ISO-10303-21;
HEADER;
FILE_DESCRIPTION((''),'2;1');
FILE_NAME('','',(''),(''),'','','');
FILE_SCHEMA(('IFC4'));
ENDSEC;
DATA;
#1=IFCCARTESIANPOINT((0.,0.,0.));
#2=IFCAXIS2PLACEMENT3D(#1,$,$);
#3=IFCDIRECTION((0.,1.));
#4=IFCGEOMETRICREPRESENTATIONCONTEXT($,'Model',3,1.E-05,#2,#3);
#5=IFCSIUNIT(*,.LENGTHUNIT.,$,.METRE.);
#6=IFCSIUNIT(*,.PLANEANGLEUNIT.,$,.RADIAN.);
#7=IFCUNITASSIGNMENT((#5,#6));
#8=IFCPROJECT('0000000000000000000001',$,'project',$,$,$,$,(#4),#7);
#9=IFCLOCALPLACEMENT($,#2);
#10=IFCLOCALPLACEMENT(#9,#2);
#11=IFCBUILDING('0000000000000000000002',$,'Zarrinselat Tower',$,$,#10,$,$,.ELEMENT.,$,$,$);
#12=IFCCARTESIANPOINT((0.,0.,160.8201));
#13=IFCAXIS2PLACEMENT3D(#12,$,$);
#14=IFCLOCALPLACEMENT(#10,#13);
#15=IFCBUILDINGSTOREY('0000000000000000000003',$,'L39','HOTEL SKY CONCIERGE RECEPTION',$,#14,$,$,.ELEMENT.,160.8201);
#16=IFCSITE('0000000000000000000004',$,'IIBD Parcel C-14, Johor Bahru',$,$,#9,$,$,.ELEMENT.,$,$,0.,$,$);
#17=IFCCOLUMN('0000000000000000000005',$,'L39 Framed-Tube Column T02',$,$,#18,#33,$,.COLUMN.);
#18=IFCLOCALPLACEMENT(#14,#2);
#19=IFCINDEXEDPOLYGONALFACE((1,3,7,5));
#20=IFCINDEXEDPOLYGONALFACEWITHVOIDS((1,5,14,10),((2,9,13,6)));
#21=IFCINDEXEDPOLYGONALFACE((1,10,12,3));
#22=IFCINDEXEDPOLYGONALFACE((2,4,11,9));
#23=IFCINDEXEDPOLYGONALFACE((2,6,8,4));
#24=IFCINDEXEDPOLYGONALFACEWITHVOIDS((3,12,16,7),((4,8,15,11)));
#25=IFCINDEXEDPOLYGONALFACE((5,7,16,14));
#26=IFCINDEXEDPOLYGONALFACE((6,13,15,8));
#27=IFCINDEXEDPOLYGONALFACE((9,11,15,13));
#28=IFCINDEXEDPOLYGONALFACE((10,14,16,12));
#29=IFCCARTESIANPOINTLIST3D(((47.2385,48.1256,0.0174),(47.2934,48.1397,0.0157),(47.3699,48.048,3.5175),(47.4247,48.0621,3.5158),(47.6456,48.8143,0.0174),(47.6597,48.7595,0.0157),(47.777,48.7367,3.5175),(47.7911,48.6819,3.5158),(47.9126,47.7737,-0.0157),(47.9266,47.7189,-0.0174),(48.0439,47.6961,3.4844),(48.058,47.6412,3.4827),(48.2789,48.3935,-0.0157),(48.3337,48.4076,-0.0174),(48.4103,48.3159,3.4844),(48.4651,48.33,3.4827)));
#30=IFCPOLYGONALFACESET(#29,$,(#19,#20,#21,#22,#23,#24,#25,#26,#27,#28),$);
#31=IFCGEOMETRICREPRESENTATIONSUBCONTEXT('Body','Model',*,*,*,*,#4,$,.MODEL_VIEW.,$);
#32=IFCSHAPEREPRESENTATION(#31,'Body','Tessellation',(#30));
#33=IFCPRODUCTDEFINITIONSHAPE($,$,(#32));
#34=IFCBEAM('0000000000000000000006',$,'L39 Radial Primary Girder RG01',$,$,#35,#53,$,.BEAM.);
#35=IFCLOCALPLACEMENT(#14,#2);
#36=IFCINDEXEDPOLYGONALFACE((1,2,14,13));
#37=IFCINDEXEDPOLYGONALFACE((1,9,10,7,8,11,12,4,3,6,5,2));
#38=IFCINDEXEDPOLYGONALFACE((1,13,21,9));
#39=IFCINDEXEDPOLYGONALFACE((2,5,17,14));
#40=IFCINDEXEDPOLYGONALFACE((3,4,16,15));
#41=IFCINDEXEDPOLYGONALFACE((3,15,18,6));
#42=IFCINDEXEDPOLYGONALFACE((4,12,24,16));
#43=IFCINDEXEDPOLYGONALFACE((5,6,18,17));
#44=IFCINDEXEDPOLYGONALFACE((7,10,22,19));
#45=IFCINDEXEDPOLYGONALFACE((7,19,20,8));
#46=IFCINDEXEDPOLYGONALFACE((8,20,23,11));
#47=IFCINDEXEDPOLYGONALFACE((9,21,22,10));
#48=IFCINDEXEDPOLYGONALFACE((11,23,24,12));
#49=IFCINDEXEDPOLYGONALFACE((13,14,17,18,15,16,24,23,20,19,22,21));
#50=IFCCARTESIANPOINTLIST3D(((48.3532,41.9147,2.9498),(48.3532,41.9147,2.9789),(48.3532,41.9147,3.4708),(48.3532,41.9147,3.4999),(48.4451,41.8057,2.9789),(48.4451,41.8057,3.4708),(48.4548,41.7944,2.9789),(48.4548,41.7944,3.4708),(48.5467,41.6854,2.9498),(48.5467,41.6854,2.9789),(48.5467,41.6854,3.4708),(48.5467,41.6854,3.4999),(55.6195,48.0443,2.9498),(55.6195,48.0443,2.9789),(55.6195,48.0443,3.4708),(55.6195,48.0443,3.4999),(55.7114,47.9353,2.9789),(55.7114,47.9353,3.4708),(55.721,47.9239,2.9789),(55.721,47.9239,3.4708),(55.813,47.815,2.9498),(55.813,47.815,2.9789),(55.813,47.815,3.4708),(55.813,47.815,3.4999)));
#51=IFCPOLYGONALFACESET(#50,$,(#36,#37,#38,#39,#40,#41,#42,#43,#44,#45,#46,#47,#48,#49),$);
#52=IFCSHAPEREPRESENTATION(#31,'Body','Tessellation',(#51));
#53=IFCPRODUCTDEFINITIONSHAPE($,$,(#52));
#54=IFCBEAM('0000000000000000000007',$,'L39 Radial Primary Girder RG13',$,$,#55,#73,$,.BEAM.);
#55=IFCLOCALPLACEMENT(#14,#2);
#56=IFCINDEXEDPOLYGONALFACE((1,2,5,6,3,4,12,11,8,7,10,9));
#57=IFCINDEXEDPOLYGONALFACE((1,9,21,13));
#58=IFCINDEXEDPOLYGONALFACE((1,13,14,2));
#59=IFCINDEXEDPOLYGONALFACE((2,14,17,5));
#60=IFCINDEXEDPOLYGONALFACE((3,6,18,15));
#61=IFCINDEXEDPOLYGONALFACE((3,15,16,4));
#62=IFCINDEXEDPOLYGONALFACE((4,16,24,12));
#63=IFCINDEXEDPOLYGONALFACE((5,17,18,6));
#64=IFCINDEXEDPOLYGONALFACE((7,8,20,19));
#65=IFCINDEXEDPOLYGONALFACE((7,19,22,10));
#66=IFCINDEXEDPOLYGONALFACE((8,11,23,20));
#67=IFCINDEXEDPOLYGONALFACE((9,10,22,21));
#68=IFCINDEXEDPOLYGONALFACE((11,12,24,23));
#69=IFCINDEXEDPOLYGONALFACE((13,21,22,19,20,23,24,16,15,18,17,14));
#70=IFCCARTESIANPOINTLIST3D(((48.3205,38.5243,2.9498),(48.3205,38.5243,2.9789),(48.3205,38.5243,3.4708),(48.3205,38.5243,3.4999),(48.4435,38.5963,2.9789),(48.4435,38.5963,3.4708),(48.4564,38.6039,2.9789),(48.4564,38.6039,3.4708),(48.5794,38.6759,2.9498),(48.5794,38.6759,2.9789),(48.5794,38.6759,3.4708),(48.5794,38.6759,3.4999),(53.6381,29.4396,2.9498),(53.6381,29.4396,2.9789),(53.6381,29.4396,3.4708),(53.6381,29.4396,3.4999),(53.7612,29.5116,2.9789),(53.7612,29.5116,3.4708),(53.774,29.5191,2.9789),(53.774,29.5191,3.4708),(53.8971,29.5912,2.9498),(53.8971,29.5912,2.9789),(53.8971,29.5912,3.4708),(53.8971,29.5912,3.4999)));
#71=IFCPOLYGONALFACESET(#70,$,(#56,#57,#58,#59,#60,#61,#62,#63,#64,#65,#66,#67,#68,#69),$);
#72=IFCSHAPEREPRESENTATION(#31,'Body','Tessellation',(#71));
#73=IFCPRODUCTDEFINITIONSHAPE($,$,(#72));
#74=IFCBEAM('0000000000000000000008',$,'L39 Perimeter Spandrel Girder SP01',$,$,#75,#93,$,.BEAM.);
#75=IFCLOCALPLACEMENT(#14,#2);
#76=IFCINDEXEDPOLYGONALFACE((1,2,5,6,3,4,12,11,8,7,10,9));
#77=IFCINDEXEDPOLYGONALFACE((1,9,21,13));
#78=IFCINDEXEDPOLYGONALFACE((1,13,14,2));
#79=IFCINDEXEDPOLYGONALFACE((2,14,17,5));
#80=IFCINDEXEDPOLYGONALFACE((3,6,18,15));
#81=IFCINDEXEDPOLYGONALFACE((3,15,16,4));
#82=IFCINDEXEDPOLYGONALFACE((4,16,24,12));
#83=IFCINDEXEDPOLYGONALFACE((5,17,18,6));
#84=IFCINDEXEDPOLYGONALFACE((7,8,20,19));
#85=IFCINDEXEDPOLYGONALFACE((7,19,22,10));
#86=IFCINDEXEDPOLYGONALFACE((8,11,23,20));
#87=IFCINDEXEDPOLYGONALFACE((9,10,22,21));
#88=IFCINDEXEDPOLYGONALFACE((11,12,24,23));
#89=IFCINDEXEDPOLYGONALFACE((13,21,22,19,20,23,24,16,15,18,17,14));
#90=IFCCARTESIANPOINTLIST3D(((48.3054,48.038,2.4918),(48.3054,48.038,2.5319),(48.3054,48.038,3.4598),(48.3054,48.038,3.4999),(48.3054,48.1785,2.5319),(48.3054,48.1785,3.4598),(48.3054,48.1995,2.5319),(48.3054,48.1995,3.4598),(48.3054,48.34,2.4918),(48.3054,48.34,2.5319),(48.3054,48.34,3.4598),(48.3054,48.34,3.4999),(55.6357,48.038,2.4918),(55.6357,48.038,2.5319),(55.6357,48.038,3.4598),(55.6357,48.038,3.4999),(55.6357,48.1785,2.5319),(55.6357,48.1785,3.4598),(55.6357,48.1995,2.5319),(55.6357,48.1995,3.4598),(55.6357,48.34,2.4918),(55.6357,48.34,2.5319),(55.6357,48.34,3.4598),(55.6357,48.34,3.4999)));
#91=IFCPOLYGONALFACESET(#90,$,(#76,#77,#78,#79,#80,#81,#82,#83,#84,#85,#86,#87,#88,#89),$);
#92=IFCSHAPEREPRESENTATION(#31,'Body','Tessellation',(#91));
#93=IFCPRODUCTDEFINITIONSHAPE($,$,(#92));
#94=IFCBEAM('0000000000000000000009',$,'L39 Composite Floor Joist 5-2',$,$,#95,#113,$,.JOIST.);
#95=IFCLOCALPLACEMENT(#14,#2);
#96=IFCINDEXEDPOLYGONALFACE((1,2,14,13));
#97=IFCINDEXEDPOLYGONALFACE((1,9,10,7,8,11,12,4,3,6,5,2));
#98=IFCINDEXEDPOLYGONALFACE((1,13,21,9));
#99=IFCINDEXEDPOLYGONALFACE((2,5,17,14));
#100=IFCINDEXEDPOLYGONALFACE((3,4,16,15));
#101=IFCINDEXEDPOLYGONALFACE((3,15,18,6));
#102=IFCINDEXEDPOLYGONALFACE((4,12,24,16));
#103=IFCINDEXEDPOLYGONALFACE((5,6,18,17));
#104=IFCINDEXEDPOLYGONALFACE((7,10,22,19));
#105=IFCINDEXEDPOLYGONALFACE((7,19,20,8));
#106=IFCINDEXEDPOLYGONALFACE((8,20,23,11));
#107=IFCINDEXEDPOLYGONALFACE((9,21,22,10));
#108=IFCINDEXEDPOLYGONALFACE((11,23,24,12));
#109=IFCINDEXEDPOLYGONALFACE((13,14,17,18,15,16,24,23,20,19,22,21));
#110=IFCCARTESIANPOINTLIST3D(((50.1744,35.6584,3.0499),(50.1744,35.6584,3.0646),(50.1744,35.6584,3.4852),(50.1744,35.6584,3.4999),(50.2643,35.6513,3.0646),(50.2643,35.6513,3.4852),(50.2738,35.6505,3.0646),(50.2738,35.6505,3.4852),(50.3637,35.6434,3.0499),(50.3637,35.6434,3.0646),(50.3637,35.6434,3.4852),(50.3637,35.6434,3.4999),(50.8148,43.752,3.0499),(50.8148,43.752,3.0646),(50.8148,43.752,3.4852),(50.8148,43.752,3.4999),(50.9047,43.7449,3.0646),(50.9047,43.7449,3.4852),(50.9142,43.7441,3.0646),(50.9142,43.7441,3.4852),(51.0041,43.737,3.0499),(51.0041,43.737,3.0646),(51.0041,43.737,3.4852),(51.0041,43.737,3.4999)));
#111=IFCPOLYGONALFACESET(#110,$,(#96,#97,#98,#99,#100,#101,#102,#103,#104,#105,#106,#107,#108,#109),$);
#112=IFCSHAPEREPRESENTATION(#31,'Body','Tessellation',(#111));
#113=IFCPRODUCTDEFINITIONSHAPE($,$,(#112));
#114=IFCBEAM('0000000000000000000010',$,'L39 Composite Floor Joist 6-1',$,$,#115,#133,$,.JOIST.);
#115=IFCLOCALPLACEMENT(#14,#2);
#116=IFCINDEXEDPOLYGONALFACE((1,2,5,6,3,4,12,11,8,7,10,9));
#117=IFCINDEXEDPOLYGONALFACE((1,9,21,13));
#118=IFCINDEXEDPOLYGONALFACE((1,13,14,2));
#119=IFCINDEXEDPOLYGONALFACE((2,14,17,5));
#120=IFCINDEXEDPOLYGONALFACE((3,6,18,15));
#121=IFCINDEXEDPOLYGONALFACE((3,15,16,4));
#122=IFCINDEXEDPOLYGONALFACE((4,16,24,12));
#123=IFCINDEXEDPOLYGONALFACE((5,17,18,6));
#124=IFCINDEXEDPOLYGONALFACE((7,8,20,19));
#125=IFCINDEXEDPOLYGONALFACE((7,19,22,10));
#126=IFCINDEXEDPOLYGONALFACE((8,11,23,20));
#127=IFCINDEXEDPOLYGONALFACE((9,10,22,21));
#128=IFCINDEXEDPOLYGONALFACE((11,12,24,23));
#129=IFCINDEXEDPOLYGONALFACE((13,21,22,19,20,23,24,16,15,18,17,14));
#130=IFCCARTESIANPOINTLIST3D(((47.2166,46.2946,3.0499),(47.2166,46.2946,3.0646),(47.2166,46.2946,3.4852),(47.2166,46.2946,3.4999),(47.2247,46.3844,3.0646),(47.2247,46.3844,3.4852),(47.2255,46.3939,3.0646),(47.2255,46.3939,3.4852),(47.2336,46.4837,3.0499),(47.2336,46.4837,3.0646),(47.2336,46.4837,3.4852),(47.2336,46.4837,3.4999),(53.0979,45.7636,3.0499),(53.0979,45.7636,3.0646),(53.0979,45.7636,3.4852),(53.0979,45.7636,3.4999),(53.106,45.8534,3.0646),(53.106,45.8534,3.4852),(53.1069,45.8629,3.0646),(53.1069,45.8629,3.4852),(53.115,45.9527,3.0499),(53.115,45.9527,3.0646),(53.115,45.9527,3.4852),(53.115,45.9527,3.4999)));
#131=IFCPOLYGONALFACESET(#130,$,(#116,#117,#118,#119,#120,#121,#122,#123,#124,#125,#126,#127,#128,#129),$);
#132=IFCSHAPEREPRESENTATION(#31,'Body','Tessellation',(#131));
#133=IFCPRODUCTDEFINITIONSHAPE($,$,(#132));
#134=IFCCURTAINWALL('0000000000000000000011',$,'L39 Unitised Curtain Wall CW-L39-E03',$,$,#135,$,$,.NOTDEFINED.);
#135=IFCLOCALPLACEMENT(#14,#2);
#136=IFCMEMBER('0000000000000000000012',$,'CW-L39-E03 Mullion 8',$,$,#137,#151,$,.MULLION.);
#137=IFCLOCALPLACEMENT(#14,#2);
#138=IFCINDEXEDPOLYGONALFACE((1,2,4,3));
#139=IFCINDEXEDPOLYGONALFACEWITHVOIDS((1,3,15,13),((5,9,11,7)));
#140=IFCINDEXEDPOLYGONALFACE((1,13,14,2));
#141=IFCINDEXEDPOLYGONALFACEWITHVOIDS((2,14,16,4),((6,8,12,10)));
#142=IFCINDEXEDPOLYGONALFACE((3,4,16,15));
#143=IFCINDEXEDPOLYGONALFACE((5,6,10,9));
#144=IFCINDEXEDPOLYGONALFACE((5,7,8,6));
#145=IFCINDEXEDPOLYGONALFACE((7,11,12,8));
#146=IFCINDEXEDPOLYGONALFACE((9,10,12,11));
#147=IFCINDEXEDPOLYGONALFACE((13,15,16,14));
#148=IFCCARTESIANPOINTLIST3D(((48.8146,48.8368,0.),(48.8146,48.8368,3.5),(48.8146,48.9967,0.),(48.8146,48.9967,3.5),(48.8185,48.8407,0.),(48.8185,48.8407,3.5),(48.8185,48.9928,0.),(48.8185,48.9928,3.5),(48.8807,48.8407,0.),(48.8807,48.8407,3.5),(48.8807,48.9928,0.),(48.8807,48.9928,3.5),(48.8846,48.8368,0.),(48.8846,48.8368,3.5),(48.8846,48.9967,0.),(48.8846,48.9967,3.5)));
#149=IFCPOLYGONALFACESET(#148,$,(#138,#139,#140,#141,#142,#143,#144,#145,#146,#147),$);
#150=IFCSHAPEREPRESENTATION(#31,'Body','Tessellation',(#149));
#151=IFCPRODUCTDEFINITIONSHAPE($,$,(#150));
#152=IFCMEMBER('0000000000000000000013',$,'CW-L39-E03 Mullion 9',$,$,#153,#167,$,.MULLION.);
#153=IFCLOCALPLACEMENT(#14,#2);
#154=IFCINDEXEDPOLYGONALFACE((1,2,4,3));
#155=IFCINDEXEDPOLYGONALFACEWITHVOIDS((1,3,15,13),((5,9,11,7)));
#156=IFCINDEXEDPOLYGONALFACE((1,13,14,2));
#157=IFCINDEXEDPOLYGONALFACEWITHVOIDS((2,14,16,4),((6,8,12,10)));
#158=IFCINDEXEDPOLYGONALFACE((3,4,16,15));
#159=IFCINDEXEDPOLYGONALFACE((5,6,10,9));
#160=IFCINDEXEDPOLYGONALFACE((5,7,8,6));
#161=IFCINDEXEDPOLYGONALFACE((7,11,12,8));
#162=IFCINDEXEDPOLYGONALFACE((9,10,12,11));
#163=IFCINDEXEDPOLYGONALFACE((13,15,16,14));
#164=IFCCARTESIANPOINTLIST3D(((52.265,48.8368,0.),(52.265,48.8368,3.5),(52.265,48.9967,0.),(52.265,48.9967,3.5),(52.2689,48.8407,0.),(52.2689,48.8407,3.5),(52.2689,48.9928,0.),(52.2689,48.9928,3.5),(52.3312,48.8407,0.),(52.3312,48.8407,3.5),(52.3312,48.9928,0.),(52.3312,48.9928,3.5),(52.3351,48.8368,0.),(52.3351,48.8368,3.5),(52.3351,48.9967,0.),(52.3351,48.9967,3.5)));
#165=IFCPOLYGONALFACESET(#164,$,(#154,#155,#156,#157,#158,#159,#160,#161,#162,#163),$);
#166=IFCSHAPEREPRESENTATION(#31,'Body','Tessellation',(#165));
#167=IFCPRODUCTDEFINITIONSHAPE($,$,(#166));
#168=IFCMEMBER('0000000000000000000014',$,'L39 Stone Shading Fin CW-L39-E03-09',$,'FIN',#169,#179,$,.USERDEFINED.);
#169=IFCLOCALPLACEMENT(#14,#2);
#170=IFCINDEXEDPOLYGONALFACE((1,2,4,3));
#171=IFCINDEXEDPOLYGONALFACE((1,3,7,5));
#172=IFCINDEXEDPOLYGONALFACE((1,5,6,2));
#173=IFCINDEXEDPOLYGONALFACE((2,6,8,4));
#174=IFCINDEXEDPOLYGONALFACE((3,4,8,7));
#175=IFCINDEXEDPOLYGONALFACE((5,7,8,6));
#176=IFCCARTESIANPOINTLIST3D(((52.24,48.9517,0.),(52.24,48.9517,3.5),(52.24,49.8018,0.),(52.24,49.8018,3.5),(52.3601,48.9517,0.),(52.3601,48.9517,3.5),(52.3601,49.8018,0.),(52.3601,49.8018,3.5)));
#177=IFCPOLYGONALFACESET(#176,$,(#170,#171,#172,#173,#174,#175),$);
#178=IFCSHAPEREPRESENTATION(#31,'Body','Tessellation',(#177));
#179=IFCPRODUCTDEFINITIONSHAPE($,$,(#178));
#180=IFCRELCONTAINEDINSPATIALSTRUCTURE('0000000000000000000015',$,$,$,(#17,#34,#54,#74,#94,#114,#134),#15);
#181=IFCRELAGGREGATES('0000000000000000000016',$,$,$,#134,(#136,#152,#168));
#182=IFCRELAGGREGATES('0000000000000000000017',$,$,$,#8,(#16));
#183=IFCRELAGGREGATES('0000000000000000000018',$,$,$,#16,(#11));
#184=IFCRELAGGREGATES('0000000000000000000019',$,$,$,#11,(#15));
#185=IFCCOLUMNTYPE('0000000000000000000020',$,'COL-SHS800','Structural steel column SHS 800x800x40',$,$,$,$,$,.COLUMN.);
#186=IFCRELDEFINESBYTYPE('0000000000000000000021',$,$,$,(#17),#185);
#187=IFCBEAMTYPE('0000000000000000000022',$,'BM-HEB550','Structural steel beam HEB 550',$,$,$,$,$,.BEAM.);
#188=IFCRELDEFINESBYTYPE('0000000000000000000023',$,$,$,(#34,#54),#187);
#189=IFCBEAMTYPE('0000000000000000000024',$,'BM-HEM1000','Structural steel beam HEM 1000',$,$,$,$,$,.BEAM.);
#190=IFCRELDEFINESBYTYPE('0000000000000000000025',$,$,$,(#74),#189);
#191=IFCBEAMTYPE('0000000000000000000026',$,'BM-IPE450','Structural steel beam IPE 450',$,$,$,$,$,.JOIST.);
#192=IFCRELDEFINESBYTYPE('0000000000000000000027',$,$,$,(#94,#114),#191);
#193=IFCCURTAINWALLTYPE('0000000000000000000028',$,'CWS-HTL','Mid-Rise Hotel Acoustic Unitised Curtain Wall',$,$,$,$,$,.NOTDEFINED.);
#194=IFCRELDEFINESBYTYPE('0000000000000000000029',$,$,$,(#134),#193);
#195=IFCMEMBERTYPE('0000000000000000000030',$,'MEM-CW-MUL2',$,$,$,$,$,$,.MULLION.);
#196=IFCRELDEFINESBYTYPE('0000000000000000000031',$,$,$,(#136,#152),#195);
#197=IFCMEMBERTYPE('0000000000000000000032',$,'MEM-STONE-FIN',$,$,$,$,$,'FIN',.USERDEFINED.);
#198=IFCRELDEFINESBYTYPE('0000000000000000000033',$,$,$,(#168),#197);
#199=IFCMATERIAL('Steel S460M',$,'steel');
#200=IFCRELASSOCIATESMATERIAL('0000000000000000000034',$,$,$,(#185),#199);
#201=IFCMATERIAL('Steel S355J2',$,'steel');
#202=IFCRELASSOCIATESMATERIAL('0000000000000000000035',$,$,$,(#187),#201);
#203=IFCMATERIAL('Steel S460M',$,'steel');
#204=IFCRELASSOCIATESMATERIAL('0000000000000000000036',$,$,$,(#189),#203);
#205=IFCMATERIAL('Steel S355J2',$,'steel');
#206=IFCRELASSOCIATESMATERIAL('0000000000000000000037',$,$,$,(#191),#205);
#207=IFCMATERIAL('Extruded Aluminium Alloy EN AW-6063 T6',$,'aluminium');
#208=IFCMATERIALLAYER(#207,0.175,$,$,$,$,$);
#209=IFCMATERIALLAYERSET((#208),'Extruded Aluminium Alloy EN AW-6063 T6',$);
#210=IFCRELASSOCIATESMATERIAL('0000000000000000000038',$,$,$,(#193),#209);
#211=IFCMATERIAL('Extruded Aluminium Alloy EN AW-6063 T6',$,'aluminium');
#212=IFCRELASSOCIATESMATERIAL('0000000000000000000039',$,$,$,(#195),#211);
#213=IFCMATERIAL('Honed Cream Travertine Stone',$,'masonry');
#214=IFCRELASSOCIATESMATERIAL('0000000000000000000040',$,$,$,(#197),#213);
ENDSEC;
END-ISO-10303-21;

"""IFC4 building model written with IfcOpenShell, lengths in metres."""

from ifc_helpers import new_model, si_unit, direction, frame, origin, origin_2d, place, context, subcontext, project, spatial, rectangle, hollow_rectangle, i_section, extrude, material, layer, layer_set, material_profile, profile_set, type_object, element, aggregate, save


model = new_model("IFC4")

# Units and contexts
model_context = context("Model", 3, precision=1e-05, world=origin(), true_north=direction((0.0, 1.0)))
body_context = subcontext(model_context, "Body", "Model", "MODEL_VIEW")
ifc_project = project(units=[si_unit("LENGTHUNIT", "METRE"), si_unit("PLANEANGLEUNIT", "RADIAN")], contexts=[model_context])

# Site, building, storey
site_placement = place(None, origin())
site = spatial("IfcSite", under=ifc_project, at=site_placement, Name="IIBD Parcel C-14, Johor Bahru", CompositionType="ELEMENT", RefElevation=0.0)
building_placement = place(site_placement, origin())
building = spatial("IfcBuilding", under=site, at=building_placement, Name="Zarrinselat Tower", CompositionType="ELEMENT")
storey_placement = place(building_placement, frame((0.0, 0.0, 160.8201)))
storey = spatial("IfcBuildingStorey", under=building, at=storey_placement, Name="L39", Description="HOTEL SKY CONCIERGE RECEPTION", CompositionType="ELEMENT", Elevation=160.8201)

# Column
ifc_material_1 = material(Name="Steel S460M", Category="steel")
ifc_material_profile_1 = material_profile(ifc_material_1, hollow_rectangle(XDim=0.8, YDim=0.8, WallThickness=0.04, at=origin_2d()), Name="SHS 800x800x40")
ifc_profile_set_1 = profile_set([ifc_material_profile_1], Name="Steel S460M")
column_type = type_object("IfcColumnType", Name="COL-SHS800", Description="Structural steel column SHS 800x800x40", PredefinedType="COLUMN", material=ifc_profile_set_1)
column_placement = place(storey_placement, frame((47.7861, 48.2666, 0.0), z_axis=(0.037492, -0.022161, 0.999051), x_axis=(0.508837, 0.860863, 0.0)))
element("IfcColumn", 1, at=column_placement, inside=storey, type_object=column_type, Name="L39 Framed-Tube Column T02", PredefinedType="COLUMN", context=body_context, shape_type="SweptSolid", body=[
    extrude(hollow_rectangle(XDim=0.8, YDim=0.8, WallThickness=0.04, at=origin_2d()), origin(), (0.0, 0.0, 1.0), 3.5034),
])

# Beams
ifc_material_2 = material(Name="Steel S355J2", Category="steel")
ifc_material_profile_2 = material_profile(ifc_material_2, i_section(OverallWidth=0.3, OverallDepth=0.55, WebThickness=0.0149, FlangeThickness=0.0291, at=origin_2d()), Name="HEB 550")
ifc_profile_set_2 = profile_set([ifc_material_profile_2], Name="Steel S355J2")
beam_type_1 = type_object("IfcBeamType", Name="BM-HEB550", Description="Structural steel beam HEB 550", PredefinedType="BEAM", material=ifc_profile_set_2)
beam_1_placement = place(storey_placement, frame((48.45, 41.8, 3.2249), z_axis=(0.764361, 0.644788, 0.0), x_axis=(-0.644788, 0.764361, 0.0)))
element("IfcBeam", 2, at=beam_1_placement, inside=storey, type_object=beam_type_1, Name="L39 Radial Primary Girder RG01", PredefinedType="BEAM", context=body_context, shape_type="SweptSolid", body=[
    extrude(i_section(OverallWidth=0.3, OverallDepth=0.55, WebThickness=0.0149, FlangeThickness=0.0291, at=origin_2d()), origin(), (0.0, 0.0, 1.0), 9.5063),
])
beam_2_placement = place(storey_placement, frame((48.45, 38.6001, 3.2249), z_axis=(0.505161, -0.863025, 0.0), x_axis=(0.863025, 0.505161, 0.0)))
element("IfcBeam", 3, at=beam_2_placement, inside=storey, type_object=beam_type_1, Name="L39 Radial Primary Girder RG13", PredefinedType="BEAM", context=body_context, shape_type="SweptSolid", body=[
    extrude(i_section(OverallWidth=0.3, OverallDepth=0.55, WebThickness=0.0149, FlangeThickness=0.0291, at=origin_2d()), origin(), (0.0, 0.0, 1.0), 10.5266),
])
ifc_material_3 = material(Name="Steel S460M", Category="steel")
ifc_material_profile_3 = material_profile(ifc_material_3, i_section(OverallWidth=0.302, OverallDepth=1.0081, WebThickness=0.021, FlangeThickness=0.04, at=origin_2d()), Name="HEM 1000")
ifc_profile_set_3 = profile_set([ifc_material_profile_3], Name="Steel S460M")
beam_type_2 = type_object("IfcBeamType", Name="BM-HEM1000", Description="Structural steel beam HEM 1000", PredefinedType="BEAM", material=ifc_profile_set_3)
beam_3_placement = place(storey_placement, frame((48.3054, 48.189, 2.9958), z_axis=(1.0, 0.0, 0.0), x_axis=(0.0, 1.0, 0.0)))
element("IfcBeam", 4, at=beam_3_placement, inside=storey, type_object=beam_type_2, Name="L39 Perimeter Spandrel Girder SP01", PredefinedType="BEAM", context=body_context, shape_type="SweptSolid", body=[
    extrude(i_section(OverallWidth=0.302, OverallDepth=1.0081, WebThickness=0.021, FlangeThickness=0.04, at=origin_2d()), origin(), (0.0, 0.0, 1.0), 7.3303),
])
ifc_material_4 = material(Name="Steel S355J2", Category="steel")
ifc_material_profile_4 = material_profile(ifc_material_4, i_section(OverallWidth=0.1899, OverallDepth=0.45, WebThickness=0.0095, FlangeThickness=0.0146, at=origin_2d()), Name="IPE 450")
ifc_profile_set_4 = profile_set([ifc_material_profile_4], Name="Steel S355J2")
beam_type_3 = type_object("IfcBeamType", Name="BM-IPE450", Description="Structural steel beam IPE 450", PredefinedType="JOIST", material=ifc_profile_set_4)
beam_4_placement = place(storey_placement, frame((50.269, 35.6509, 3.2749), z_axis=(0.078876, 0.996884, 0.0), x_axis=(-0.996884, 0.078876, 0.0)))
element("IfcBeam", 5, at=beam_4_placement, inside=storey, type_object=beam_type_3, Name="L39 Composite Floor Joist 5-2", PredefinedType="JOIST", context=body_context, shape_type="SweptSolid", body=[
    extrude(i_section(OverallWidth=0.1899, OverallDepth=0.45, WebThickness=0.0095, FlangeThickness=0.0146, at=origin_2d()), origin(), (0.0, 0.0, 1.0), 8.1189),
])
beam_5_placement = place(storey_placement, frame((47.2251, 46.3892, 3.2749), z_axis=(0.995949, -0.089921, 0.0), x_axis=(0.089921, 0.995949, 0.0)))
element("IfcBeam", 6, at=beam_5_placement, inside=storey, type_object=beam_type_3, Name="L39 Composite Floor Joist 6-1", PredefinedType="JOIST", context=body_context, shape_type="SweptSolid", body=[
    extrude(i_section(OverallWidth=0.1899, OverallDepth=0.45, WebThickness=0.0095, FlangeThickness=0.0146, at=origin_2d()), origin(), (0.0, 0.0, 1.0), 5.9053),
])

# Curtain wall, members
ifc_material_5 = material(Name="Extruded Aluminium Alloy EN AW-6063 T6", Category="aluminium")
ifc_layer_1 = layer(ifc_material_5, 0.175)
ifc_layer_set_1 = layer_set([ifc_layer_1], Name="Extruded Aluminium Alloy EN AW-6063 T6")
curtain_wall_type = type_object("IfcCurtainWallType", Name="CWS-HTL", Description="Mid-Rise Hotel Acoustic Unitised Curtain Wall", PredefinedType="NOTDEFINED", material=ifc_layer_set_1)
curtain_wall_placement = place(storey_placement, origin())
curtain_wall = element("IfcCurtainWall", 7, at=curtain_wall_placement, inside=storey, type_object=curtain_wall_type, Name="L39 Unitised Curtain Wall CW-L39-E03", PredefinedType="NOTDEFINED")
ifc_material_6 = material(Name="Extruded Aluminium Alloy EN AW-6063 T6", Category="aluminium")
ifc_material_profile_5 = material_profile(ifc_material_6, hollow_rectangle(XDim=0.0701, YDim=0.1599, WallThickness=0.0039, at=origin_2d()), Name="RHS 160x70x4")
ifc_profile_set_5 = profile_set([ifc_material_profile_5], Name="Extruded Aluminium Alloy EN AW-6063 T6")
member_type_1 = type_object("IfcMemberType", Name="MEM-CW-MUL2", PredefinedType="MULLION", material=ifc_profile_set_5)
member_1_placement = place(storey_placement, frame((48.8496, 48.9167, 0.0), z_axis=(0.0, 0.0, 1.0), x_axis=(1.0, 0.0, 0.0)))
member_1 = element("IfcMember", 8, at=member_1_placement, type_object=member_type_1, Name="CW-L39-E03 Mullion 8", PredefinedType="MULLION", context=body_context, shape_type="SweptSolid", body=[
    extrude(hollow_rectangle(XDim=0.0701, YDim=0.1599, WallThickness=0.0039, at=origin_2d()), origin(), (0.0, 0.0, 1.0), 3.5),
])
member_2_placement = place(storey_placement, frame((52.3, 48.9167, 0.0), z_axis=(0.0, 0.0, 1.0), x_axis=(1.0, 0.0, 0.0)))
member_2 = element("IfcMember", 9, at=member_2_placement, type_object=member_type_1, Name="CW-L39-E03 Mullion 9", PredefinedType="MULLION", context=body_context, shape_type="SweptSolid", body=[
    extrude(hollow_rectangle(XDim=0.0701, YDim=0.1599, WallThickness=0.0039, at=origin_2d()), origin(), (0.0, 0.0, 1.0), 3.5),
])
ifc_material_7 = material(Name="Honed Cream Travertine Stone", Category="masonry")
ifc_material_profile_6 = material_profile(ifc_material_7, rectangle(XDim=0.1201, YDim=0.8501, at=origin_2d()), Name="FIN 850x120")
ifc_profile_set_6 = profile_set([ifc_material_profile_6], Name="Honed Cream Travertine Stone")
member_type_2 = type_object("IfcMemberType", Name="MEM-STONE-FIN", ElementType="FIN", PredefinedType="USERDEFINED", material=ifc_profile_set_6)
member_3_placement = place(storey_placement, frame((52.3, 49.3767, 0.0), z_axis=(0.0, 0.0, 1.0), x_axis=(1.0, 0.0, 0.0)))
member_3 = element("IfcMember", 10, at=member_3_placement, type_object=member_type_2, Name="L39 Stone Shading Fin CW-L39-E03-09", ObjectType="FIN", PredefinedType="USERDEFINED", context=body_context, shape_type="SweptSolid", body=[
    extrude(rectangle(XDim=0.1201, YDim=0.8501, at=origin_2d()), origin(), (0.0, 0.0, 1.0), 3.5),
])
aggregate(curtain_wall, [member_1, member_2, member_3])

save(model, "model.ifc")
